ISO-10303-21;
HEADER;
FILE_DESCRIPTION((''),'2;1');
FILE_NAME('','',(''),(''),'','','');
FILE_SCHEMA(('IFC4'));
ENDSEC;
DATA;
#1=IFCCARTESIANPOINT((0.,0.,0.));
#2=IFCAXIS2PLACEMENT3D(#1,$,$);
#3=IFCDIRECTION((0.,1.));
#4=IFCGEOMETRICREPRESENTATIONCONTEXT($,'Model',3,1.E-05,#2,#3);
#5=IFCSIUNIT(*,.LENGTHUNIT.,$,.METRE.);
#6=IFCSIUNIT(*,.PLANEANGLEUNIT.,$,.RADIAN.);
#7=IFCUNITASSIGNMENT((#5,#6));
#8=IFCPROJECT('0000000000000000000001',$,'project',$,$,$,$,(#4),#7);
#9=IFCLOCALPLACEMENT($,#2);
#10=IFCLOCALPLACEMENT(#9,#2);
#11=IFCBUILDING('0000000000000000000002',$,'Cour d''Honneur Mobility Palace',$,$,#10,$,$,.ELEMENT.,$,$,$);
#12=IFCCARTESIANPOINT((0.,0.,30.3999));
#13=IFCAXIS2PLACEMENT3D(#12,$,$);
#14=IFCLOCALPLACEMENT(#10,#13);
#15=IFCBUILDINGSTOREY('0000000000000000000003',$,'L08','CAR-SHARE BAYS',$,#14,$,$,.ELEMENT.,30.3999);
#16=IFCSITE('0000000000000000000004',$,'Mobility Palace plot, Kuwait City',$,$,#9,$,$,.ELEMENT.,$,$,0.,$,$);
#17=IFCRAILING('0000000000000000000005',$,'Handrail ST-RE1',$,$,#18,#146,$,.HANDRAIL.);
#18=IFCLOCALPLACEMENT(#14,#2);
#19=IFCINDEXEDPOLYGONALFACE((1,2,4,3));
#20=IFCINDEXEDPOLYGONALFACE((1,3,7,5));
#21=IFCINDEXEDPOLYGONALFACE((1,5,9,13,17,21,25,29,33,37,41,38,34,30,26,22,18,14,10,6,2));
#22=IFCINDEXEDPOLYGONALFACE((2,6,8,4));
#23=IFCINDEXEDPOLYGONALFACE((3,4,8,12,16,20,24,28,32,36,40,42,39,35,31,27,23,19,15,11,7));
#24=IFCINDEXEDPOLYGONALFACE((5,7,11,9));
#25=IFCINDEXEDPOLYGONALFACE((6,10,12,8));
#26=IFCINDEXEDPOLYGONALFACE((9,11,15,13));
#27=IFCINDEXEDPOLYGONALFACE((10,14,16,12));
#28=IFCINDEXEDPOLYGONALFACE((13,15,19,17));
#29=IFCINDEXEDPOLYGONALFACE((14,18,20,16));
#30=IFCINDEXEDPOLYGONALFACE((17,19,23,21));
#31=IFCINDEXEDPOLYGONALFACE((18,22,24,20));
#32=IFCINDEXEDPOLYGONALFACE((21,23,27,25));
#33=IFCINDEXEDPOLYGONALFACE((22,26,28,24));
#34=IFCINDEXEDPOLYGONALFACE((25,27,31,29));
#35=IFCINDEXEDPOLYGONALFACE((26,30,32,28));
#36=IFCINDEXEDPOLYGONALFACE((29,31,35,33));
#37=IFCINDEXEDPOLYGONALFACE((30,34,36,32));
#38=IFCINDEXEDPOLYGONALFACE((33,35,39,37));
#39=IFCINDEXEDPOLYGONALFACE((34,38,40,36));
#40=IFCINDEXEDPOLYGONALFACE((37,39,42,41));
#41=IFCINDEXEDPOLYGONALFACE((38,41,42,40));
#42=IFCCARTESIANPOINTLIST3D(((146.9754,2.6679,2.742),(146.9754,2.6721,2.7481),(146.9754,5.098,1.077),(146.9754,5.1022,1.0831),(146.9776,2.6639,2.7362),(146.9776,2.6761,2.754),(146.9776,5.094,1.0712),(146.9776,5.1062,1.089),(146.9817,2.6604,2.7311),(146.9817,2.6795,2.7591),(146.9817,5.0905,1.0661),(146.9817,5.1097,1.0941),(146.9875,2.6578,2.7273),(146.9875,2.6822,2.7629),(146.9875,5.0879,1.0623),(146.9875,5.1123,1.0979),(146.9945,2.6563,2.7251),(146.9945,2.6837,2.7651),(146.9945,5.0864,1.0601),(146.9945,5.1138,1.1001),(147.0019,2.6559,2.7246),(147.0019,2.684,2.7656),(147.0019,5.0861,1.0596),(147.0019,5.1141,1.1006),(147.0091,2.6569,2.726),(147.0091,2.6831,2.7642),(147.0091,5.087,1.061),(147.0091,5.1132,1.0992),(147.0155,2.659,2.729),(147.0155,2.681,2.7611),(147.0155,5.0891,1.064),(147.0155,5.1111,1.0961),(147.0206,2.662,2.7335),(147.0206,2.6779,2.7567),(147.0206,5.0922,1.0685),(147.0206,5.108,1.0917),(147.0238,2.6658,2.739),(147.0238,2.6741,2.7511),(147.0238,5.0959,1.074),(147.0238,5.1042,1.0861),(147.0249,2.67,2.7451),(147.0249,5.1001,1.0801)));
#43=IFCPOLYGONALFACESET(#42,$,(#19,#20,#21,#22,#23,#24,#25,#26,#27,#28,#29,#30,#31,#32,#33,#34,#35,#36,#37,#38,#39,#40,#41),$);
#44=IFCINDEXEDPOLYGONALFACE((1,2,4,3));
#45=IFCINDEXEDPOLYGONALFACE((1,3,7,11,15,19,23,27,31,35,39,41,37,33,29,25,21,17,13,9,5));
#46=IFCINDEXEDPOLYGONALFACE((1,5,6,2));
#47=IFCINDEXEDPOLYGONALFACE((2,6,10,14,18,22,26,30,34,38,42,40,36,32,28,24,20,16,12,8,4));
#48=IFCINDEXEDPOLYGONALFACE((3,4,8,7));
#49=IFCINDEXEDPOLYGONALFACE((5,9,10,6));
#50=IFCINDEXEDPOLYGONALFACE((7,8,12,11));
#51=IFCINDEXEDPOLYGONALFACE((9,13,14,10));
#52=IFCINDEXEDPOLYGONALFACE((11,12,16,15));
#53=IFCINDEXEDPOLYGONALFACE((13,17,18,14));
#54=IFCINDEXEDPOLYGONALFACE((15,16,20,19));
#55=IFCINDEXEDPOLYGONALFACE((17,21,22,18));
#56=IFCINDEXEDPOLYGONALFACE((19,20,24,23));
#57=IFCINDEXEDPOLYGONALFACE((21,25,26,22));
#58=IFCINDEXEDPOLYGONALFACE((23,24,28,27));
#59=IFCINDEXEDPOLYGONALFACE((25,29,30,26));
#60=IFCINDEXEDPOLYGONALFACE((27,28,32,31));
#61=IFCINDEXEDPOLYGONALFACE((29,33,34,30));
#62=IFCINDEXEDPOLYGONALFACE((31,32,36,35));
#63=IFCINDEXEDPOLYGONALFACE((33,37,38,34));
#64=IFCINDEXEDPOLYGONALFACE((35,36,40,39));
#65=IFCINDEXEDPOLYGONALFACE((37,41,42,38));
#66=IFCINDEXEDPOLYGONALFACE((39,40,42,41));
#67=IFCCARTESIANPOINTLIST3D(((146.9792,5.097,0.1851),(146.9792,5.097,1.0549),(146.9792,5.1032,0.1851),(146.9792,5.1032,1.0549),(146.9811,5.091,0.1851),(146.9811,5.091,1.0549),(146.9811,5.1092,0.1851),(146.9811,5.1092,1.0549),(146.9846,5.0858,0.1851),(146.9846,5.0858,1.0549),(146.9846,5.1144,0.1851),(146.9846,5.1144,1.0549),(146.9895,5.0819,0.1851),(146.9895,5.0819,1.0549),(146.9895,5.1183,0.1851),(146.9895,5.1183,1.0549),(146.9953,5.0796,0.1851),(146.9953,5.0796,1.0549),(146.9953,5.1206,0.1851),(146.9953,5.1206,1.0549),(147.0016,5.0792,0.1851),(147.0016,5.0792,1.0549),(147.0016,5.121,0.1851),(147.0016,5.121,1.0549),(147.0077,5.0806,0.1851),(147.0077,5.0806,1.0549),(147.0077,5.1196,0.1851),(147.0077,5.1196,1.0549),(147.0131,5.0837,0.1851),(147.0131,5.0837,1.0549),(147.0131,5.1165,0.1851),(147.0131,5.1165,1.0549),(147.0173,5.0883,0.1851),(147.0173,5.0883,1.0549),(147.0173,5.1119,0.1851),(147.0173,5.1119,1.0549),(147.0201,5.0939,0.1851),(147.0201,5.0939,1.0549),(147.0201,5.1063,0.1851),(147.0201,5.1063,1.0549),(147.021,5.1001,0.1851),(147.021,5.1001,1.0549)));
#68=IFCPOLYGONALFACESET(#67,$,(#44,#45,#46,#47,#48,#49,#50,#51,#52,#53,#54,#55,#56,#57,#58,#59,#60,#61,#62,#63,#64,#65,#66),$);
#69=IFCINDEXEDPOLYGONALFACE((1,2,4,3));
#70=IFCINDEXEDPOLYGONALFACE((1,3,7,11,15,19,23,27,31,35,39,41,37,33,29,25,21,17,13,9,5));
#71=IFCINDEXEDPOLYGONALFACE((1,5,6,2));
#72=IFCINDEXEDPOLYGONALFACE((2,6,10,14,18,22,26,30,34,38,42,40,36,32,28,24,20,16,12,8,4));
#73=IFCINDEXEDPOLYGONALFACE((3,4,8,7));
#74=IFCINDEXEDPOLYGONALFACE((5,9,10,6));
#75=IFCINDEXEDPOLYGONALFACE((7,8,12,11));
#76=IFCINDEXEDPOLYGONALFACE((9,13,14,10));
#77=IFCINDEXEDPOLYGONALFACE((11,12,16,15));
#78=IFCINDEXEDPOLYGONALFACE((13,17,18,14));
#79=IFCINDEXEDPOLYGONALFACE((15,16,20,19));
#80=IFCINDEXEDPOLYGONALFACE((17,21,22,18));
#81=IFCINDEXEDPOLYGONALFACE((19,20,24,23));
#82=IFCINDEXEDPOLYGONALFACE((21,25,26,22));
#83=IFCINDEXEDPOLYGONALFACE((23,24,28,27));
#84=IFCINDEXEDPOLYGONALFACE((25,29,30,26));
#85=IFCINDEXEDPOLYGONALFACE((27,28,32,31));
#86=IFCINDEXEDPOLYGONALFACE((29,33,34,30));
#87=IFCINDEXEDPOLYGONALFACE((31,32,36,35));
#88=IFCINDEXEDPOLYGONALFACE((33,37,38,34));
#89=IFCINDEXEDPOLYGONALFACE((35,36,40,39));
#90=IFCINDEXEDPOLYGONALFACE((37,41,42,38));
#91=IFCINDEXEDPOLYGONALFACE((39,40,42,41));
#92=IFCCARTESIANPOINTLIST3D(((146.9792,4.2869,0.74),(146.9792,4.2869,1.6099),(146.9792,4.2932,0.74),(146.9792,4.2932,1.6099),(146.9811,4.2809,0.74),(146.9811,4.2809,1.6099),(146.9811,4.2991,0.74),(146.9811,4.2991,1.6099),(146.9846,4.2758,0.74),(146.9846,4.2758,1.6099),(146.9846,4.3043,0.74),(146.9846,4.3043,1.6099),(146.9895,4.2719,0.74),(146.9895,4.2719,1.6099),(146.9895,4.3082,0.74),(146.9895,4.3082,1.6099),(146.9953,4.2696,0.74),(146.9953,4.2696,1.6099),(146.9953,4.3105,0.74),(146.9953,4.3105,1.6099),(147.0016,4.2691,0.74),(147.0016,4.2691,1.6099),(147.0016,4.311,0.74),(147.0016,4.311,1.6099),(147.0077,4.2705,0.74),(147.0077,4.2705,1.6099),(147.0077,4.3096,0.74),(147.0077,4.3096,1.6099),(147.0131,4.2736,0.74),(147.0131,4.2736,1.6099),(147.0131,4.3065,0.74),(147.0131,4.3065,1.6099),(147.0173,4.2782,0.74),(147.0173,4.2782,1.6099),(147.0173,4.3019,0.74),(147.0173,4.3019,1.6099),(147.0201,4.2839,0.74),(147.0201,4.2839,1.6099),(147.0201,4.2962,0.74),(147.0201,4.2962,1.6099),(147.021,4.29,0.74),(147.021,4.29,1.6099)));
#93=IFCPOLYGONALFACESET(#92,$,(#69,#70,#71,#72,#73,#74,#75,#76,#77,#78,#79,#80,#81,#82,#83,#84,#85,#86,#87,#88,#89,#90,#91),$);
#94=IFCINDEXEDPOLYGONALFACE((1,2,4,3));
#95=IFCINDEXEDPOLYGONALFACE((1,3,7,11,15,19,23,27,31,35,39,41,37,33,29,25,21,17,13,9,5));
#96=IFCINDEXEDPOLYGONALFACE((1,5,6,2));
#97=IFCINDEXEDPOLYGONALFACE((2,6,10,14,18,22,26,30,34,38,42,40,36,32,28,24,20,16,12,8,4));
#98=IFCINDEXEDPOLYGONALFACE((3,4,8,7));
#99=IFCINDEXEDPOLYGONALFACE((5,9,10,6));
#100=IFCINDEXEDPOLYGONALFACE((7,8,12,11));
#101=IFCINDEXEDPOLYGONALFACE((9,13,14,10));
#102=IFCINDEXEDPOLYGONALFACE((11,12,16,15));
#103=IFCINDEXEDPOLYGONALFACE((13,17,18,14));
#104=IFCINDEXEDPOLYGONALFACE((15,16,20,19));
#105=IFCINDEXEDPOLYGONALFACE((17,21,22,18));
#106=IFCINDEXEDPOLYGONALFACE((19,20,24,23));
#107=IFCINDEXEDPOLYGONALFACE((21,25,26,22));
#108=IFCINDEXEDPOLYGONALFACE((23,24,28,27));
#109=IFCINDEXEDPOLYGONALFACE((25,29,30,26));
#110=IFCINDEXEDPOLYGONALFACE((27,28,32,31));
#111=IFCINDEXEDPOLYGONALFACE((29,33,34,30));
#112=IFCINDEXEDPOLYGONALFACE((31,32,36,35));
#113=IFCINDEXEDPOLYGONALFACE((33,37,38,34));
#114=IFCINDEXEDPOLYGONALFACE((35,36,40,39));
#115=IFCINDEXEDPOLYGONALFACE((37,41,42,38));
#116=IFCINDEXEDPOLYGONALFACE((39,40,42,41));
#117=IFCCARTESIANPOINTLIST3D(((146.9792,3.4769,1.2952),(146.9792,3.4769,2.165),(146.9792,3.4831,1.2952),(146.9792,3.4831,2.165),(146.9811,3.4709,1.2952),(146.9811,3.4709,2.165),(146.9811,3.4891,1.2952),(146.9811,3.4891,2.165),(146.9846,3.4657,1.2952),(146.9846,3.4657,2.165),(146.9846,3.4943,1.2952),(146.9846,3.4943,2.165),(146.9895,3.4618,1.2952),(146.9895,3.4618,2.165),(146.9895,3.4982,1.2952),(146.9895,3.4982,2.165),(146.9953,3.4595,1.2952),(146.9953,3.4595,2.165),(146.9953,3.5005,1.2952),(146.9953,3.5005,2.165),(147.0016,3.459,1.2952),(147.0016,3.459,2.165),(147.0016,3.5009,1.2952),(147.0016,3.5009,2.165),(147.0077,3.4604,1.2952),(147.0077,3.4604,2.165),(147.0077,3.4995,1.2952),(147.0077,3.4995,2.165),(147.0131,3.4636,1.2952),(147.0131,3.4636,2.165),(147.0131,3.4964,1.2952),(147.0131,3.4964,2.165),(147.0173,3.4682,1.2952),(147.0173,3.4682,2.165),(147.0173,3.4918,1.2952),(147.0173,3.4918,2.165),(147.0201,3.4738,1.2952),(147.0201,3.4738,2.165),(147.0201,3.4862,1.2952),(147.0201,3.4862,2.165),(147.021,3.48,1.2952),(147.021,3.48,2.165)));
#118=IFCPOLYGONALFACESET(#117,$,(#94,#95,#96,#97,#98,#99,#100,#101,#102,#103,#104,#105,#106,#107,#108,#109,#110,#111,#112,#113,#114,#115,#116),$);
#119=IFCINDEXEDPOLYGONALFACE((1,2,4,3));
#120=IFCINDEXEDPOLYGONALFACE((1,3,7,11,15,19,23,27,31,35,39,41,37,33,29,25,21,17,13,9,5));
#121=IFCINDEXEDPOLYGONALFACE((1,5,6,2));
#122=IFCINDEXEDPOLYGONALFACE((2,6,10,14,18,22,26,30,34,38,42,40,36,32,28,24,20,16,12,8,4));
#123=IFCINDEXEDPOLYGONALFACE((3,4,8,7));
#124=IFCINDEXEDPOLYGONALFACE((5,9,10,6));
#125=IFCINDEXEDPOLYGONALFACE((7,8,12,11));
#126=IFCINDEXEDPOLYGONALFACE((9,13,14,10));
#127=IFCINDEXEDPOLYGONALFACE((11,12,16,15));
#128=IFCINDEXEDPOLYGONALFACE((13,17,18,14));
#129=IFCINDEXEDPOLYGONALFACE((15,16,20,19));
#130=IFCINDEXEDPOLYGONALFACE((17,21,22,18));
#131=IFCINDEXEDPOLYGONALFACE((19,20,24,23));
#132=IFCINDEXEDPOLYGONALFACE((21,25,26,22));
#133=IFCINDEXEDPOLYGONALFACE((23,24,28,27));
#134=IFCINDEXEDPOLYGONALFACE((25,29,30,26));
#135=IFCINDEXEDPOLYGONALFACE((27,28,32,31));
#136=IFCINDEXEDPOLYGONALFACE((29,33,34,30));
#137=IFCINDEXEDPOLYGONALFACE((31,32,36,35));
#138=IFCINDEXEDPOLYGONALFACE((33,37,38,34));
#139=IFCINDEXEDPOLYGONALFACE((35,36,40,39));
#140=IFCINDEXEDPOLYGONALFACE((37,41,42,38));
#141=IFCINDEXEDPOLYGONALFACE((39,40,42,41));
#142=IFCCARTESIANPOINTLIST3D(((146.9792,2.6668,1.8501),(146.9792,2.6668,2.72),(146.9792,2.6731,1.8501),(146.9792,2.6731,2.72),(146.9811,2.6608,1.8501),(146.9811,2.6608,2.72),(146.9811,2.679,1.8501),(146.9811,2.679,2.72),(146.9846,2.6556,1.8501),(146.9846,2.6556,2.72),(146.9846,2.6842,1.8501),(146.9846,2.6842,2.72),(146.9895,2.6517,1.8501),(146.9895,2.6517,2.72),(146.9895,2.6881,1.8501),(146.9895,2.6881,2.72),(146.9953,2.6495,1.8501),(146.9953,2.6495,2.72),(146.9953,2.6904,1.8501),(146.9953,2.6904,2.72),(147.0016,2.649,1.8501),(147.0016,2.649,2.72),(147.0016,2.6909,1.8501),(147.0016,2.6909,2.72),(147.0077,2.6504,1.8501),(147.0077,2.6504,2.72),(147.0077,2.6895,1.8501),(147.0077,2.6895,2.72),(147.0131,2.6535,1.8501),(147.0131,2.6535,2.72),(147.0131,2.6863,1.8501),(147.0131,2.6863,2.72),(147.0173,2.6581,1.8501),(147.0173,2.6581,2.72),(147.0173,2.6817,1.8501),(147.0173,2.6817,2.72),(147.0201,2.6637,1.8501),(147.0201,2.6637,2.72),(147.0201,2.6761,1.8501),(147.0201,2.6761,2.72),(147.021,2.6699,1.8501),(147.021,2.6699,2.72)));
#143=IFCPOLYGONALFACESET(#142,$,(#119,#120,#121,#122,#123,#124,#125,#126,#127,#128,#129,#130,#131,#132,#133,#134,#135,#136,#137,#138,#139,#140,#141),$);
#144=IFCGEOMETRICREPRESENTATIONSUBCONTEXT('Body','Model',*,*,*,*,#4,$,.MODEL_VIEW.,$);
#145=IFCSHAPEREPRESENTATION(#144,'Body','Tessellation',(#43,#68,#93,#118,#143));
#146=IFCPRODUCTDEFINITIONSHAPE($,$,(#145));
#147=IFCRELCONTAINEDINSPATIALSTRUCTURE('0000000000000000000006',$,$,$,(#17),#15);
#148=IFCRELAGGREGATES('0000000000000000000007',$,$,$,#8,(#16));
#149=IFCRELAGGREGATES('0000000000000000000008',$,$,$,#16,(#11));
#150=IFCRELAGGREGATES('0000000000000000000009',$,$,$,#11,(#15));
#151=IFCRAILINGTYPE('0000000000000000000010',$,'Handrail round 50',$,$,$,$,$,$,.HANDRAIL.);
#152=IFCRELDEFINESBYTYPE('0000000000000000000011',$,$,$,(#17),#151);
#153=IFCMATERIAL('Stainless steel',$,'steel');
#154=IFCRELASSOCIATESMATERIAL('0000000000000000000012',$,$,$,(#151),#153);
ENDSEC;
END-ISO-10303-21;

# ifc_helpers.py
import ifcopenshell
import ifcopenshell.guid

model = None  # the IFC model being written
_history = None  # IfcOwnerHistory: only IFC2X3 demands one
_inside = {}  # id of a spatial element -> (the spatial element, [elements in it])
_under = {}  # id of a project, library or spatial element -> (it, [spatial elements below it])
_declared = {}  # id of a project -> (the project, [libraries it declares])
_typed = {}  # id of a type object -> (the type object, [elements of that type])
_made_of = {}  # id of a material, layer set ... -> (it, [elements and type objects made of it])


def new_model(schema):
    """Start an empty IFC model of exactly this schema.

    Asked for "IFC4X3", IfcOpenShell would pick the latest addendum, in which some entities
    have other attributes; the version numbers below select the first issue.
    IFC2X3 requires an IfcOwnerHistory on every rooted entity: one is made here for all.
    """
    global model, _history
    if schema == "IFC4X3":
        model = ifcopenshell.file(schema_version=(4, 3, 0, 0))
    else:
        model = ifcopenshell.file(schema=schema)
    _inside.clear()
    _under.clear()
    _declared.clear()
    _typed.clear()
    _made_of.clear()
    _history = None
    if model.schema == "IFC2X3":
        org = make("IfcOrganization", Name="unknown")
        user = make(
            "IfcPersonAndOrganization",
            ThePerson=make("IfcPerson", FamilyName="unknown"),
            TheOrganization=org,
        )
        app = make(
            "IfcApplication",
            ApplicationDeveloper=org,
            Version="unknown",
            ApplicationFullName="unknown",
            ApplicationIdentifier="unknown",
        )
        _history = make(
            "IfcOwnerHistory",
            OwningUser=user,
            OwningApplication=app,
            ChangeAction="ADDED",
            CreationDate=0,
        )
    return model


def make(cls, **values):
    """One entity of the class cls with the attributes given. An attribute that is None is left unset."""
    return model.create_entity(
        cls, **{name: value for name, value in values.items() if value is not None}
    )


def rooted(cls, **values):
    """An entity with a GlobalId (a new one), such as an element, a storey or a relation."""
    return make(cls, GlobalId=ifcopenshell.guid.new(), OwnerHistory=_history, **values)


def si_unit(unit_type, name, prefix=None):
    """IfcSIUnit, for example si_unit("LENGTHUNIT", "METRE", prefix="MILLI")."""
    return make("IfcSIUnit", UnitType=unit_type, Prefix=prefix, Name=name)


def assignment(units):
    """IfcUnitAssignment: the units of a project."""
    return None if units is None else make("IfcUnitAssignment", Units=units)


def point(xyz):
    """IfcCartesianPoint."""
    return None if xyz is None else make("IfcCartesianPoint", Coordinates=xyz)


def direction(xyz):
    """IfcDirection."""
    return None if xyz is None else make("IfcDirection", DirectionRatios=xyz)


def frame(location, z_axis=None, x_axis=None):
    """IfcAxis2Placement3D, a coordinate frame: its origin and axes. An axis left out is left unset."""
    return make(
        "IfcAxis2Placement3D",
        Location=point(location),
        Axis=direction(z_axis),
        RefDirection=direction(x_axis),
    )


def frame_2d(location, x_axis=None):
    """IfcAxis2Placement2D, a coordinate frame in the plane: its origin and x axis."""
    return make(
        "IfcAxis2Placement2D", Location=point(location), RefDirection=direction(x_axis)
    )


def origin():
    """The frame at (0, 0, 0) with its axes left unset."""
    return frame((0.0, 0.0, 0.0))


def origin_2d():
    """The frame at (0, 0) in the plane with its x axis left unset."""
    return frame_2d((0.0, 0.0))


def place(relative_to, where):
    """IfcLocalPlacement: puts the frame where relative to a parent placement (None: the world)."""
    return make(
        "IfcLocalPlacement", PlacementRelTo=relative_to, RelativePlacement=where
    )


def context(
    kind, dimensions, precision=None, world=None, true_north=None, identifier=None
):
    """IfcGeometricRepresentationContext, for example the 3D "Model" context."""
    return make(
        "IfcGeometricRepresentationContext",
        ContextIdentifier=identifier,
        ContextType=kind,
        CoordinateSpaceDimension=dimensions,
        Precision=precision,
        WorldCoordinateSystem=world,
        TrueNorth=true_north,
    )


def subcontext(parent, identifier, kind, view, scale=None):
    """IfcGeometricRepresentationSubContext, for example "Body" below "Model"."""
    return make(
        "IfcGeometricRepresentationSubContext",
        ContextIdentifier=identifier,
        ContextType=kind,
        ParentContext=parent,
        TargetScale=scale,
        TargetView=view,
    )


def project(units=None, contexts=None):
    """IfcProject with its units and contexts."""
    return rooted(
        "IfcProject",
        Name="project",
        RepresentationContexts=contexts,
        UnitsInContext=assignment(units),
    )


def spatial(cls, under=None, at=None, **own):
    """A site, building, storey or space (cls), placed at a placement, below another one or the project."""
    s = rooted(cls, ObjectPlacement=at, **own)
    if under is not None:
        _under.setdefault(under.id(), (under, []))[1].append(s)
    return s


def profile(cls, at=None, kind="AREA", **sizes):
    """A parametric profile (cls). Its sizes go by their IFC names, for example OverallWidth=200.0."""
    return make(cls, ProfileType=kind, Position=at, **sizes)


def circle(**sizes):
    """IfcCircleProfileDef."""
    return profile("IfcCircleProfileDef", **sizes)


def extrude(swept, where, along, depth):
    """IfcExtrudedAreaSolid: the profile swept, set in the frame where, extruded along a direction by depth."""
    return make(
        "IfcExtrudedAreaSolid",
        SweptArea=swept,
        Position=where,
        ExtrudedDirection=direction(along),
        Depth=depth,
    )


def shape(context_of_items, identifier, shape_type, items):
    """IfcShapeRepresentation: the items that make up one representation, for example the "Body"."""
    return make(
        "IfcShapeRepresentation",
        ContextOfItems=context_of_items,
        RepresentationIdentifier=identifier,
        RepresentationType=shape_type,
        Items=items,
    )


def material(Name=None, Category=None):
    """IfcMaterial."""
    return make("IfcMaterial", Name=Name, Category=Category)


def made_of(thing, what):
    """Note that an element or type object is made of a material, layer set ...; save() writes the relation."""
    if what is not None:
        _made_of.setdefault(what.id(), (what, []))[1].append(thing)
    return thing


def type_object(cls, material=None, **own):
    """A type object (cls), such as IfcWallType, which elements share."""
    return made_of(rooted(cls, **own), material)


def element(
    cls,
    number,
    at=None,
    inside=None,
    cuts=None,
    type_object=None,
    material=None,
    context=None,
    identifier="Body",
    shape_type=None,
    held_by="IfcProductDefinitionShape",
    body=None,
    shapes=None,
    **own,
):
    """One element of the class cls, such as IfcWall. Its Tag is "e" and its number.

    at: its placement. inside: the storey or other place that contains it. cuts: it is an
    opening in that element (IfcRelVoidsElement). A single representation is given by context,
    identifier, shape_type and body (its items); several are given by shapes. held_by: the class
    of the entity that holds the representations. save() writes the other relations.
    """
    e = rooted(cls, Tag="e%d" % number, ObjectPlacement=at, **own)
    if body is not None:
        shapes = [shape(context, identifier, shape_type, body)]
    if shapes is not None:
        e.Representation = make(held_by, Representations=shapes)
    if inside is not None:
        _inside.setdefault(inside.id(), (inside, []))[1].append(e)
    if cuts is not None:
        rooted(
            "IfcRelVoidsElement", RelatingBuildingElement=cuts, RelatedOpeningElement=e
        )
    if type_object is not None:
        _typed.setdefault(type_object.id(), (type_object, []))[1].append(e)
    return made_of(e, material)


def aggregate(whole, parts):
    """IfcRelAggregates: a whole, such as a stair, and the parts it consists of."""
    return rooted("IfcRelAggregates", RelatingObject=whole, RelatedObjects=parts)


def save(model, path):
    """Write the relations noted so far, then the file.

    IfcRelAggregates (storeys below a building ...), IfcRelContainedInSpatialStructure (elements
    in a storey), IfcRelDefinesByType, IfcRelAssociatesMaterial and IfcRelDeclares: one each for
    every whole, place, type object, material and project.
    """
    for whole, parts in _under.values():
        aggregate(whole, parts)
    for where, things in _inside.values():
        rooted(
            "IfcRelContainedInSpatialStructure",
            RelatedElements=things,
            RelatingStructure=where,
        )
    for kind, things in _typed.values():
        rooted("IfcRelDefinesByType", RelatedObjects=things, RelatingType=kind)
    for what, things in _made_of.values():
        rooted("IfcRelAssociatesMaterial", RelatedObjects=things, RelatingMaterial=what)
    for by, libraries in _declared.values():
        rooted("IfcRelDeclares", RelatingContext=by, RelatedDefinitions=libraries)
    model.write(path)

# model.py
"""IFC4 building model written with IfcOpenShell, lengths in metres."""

from ifc_helpers import new_model, si_unit, direction, frame, origin, origin_2d, place, context, subcontext, project, spatial, circle, extrude, material, type_object, element, save


model = new_model("IFC4")

# Units and contexts
model_context = context("Model", 3, precision=1e-05, world=origin(), true_north=direction((0.0, 1.0)))
body_context = subcontext(model_context, "Body", "Model", "MODEL_VIEW")
ifc_project = project(units=[si_unit("LENGTHUNIT", "METRE"), si_unit("PLANEANGLEUNIT", "RADIAN")], contexts=[model_context])

# Site, building, storey
site_placement = place(None, origin())
site = spatial("IfcSite", under=ifc_project, at=site_placement, Name="Mobility Palace plot, Kuwait City", CompositionType="ELEMENT", RefElevation=0.0)
building_placement = place(site_placement, origin())
building = spatial("IfcBuilding", under=site, at=building_placement, Name="Cour d'Honneur Mobility Palace", CompositionType="ELEMENT")
storey_placement = place(building_placement, frame((0.0, 0.0, 30.3999)))
storey = spatial("IfcBuildingStorey", under=building, at=storey_placement, Name="L08", Description="CAR-SHARE BAYS", CompositionType="ELEMENT", Elevation=30.3999)

# Railing
ifc_material_1 = material(Name="Stainless steel", Category="steel")
railing_type_1 = type_object("IfcRailingType", Name="Handrail round 50", PredefinedType="HANDRAIL", material=ifc_material_1)
for number, where, name in (
    (1, (147.0, 5.1001, 0.1851), "Handrail ST-RE1"),
):
    element("IfcRailing", number, at=place(storey_placement, frame(where)), inside=storey, type_object=railing_type_1, Name=name, PredefinedType="HANDRAIL", context=body_context, shape_type="SweptSolid", body=[
        extrude(circle(Radius=0.0249, at=origin_2d()), frame((0.0, 0.0, 0.895), z_axis=(0.0, -0.824945, 0.565213), x_axis=(1.0, 0.0, 0.0)), (0.0, 0.0, 1.0), 2.9458),
        extrude(circle(Radius=0.021, at=origin_2d()), origin(), (0.0, 0.0, 1.0), 0.8699),
        extrude(circle(Radius=0.021, at=origin_2d()), frame((0.0, -0.8101, 0.5549)), (0.0, 0.0, 1.0), 0.8699),
        extrude(circle(Radius=0.021, at=origin_2d()), frame((0.0, -1.6201, 1.1101)), (0.0, 0.0, 1.0), 0.8699),
        extrude(circle(Radius=0.021, at=origin_2d()), frame((0.0, -2.4302, 1.665)), (0.0, 0.0, 1.0), 0.8699),
    ])

save(model, "model.ifc")
